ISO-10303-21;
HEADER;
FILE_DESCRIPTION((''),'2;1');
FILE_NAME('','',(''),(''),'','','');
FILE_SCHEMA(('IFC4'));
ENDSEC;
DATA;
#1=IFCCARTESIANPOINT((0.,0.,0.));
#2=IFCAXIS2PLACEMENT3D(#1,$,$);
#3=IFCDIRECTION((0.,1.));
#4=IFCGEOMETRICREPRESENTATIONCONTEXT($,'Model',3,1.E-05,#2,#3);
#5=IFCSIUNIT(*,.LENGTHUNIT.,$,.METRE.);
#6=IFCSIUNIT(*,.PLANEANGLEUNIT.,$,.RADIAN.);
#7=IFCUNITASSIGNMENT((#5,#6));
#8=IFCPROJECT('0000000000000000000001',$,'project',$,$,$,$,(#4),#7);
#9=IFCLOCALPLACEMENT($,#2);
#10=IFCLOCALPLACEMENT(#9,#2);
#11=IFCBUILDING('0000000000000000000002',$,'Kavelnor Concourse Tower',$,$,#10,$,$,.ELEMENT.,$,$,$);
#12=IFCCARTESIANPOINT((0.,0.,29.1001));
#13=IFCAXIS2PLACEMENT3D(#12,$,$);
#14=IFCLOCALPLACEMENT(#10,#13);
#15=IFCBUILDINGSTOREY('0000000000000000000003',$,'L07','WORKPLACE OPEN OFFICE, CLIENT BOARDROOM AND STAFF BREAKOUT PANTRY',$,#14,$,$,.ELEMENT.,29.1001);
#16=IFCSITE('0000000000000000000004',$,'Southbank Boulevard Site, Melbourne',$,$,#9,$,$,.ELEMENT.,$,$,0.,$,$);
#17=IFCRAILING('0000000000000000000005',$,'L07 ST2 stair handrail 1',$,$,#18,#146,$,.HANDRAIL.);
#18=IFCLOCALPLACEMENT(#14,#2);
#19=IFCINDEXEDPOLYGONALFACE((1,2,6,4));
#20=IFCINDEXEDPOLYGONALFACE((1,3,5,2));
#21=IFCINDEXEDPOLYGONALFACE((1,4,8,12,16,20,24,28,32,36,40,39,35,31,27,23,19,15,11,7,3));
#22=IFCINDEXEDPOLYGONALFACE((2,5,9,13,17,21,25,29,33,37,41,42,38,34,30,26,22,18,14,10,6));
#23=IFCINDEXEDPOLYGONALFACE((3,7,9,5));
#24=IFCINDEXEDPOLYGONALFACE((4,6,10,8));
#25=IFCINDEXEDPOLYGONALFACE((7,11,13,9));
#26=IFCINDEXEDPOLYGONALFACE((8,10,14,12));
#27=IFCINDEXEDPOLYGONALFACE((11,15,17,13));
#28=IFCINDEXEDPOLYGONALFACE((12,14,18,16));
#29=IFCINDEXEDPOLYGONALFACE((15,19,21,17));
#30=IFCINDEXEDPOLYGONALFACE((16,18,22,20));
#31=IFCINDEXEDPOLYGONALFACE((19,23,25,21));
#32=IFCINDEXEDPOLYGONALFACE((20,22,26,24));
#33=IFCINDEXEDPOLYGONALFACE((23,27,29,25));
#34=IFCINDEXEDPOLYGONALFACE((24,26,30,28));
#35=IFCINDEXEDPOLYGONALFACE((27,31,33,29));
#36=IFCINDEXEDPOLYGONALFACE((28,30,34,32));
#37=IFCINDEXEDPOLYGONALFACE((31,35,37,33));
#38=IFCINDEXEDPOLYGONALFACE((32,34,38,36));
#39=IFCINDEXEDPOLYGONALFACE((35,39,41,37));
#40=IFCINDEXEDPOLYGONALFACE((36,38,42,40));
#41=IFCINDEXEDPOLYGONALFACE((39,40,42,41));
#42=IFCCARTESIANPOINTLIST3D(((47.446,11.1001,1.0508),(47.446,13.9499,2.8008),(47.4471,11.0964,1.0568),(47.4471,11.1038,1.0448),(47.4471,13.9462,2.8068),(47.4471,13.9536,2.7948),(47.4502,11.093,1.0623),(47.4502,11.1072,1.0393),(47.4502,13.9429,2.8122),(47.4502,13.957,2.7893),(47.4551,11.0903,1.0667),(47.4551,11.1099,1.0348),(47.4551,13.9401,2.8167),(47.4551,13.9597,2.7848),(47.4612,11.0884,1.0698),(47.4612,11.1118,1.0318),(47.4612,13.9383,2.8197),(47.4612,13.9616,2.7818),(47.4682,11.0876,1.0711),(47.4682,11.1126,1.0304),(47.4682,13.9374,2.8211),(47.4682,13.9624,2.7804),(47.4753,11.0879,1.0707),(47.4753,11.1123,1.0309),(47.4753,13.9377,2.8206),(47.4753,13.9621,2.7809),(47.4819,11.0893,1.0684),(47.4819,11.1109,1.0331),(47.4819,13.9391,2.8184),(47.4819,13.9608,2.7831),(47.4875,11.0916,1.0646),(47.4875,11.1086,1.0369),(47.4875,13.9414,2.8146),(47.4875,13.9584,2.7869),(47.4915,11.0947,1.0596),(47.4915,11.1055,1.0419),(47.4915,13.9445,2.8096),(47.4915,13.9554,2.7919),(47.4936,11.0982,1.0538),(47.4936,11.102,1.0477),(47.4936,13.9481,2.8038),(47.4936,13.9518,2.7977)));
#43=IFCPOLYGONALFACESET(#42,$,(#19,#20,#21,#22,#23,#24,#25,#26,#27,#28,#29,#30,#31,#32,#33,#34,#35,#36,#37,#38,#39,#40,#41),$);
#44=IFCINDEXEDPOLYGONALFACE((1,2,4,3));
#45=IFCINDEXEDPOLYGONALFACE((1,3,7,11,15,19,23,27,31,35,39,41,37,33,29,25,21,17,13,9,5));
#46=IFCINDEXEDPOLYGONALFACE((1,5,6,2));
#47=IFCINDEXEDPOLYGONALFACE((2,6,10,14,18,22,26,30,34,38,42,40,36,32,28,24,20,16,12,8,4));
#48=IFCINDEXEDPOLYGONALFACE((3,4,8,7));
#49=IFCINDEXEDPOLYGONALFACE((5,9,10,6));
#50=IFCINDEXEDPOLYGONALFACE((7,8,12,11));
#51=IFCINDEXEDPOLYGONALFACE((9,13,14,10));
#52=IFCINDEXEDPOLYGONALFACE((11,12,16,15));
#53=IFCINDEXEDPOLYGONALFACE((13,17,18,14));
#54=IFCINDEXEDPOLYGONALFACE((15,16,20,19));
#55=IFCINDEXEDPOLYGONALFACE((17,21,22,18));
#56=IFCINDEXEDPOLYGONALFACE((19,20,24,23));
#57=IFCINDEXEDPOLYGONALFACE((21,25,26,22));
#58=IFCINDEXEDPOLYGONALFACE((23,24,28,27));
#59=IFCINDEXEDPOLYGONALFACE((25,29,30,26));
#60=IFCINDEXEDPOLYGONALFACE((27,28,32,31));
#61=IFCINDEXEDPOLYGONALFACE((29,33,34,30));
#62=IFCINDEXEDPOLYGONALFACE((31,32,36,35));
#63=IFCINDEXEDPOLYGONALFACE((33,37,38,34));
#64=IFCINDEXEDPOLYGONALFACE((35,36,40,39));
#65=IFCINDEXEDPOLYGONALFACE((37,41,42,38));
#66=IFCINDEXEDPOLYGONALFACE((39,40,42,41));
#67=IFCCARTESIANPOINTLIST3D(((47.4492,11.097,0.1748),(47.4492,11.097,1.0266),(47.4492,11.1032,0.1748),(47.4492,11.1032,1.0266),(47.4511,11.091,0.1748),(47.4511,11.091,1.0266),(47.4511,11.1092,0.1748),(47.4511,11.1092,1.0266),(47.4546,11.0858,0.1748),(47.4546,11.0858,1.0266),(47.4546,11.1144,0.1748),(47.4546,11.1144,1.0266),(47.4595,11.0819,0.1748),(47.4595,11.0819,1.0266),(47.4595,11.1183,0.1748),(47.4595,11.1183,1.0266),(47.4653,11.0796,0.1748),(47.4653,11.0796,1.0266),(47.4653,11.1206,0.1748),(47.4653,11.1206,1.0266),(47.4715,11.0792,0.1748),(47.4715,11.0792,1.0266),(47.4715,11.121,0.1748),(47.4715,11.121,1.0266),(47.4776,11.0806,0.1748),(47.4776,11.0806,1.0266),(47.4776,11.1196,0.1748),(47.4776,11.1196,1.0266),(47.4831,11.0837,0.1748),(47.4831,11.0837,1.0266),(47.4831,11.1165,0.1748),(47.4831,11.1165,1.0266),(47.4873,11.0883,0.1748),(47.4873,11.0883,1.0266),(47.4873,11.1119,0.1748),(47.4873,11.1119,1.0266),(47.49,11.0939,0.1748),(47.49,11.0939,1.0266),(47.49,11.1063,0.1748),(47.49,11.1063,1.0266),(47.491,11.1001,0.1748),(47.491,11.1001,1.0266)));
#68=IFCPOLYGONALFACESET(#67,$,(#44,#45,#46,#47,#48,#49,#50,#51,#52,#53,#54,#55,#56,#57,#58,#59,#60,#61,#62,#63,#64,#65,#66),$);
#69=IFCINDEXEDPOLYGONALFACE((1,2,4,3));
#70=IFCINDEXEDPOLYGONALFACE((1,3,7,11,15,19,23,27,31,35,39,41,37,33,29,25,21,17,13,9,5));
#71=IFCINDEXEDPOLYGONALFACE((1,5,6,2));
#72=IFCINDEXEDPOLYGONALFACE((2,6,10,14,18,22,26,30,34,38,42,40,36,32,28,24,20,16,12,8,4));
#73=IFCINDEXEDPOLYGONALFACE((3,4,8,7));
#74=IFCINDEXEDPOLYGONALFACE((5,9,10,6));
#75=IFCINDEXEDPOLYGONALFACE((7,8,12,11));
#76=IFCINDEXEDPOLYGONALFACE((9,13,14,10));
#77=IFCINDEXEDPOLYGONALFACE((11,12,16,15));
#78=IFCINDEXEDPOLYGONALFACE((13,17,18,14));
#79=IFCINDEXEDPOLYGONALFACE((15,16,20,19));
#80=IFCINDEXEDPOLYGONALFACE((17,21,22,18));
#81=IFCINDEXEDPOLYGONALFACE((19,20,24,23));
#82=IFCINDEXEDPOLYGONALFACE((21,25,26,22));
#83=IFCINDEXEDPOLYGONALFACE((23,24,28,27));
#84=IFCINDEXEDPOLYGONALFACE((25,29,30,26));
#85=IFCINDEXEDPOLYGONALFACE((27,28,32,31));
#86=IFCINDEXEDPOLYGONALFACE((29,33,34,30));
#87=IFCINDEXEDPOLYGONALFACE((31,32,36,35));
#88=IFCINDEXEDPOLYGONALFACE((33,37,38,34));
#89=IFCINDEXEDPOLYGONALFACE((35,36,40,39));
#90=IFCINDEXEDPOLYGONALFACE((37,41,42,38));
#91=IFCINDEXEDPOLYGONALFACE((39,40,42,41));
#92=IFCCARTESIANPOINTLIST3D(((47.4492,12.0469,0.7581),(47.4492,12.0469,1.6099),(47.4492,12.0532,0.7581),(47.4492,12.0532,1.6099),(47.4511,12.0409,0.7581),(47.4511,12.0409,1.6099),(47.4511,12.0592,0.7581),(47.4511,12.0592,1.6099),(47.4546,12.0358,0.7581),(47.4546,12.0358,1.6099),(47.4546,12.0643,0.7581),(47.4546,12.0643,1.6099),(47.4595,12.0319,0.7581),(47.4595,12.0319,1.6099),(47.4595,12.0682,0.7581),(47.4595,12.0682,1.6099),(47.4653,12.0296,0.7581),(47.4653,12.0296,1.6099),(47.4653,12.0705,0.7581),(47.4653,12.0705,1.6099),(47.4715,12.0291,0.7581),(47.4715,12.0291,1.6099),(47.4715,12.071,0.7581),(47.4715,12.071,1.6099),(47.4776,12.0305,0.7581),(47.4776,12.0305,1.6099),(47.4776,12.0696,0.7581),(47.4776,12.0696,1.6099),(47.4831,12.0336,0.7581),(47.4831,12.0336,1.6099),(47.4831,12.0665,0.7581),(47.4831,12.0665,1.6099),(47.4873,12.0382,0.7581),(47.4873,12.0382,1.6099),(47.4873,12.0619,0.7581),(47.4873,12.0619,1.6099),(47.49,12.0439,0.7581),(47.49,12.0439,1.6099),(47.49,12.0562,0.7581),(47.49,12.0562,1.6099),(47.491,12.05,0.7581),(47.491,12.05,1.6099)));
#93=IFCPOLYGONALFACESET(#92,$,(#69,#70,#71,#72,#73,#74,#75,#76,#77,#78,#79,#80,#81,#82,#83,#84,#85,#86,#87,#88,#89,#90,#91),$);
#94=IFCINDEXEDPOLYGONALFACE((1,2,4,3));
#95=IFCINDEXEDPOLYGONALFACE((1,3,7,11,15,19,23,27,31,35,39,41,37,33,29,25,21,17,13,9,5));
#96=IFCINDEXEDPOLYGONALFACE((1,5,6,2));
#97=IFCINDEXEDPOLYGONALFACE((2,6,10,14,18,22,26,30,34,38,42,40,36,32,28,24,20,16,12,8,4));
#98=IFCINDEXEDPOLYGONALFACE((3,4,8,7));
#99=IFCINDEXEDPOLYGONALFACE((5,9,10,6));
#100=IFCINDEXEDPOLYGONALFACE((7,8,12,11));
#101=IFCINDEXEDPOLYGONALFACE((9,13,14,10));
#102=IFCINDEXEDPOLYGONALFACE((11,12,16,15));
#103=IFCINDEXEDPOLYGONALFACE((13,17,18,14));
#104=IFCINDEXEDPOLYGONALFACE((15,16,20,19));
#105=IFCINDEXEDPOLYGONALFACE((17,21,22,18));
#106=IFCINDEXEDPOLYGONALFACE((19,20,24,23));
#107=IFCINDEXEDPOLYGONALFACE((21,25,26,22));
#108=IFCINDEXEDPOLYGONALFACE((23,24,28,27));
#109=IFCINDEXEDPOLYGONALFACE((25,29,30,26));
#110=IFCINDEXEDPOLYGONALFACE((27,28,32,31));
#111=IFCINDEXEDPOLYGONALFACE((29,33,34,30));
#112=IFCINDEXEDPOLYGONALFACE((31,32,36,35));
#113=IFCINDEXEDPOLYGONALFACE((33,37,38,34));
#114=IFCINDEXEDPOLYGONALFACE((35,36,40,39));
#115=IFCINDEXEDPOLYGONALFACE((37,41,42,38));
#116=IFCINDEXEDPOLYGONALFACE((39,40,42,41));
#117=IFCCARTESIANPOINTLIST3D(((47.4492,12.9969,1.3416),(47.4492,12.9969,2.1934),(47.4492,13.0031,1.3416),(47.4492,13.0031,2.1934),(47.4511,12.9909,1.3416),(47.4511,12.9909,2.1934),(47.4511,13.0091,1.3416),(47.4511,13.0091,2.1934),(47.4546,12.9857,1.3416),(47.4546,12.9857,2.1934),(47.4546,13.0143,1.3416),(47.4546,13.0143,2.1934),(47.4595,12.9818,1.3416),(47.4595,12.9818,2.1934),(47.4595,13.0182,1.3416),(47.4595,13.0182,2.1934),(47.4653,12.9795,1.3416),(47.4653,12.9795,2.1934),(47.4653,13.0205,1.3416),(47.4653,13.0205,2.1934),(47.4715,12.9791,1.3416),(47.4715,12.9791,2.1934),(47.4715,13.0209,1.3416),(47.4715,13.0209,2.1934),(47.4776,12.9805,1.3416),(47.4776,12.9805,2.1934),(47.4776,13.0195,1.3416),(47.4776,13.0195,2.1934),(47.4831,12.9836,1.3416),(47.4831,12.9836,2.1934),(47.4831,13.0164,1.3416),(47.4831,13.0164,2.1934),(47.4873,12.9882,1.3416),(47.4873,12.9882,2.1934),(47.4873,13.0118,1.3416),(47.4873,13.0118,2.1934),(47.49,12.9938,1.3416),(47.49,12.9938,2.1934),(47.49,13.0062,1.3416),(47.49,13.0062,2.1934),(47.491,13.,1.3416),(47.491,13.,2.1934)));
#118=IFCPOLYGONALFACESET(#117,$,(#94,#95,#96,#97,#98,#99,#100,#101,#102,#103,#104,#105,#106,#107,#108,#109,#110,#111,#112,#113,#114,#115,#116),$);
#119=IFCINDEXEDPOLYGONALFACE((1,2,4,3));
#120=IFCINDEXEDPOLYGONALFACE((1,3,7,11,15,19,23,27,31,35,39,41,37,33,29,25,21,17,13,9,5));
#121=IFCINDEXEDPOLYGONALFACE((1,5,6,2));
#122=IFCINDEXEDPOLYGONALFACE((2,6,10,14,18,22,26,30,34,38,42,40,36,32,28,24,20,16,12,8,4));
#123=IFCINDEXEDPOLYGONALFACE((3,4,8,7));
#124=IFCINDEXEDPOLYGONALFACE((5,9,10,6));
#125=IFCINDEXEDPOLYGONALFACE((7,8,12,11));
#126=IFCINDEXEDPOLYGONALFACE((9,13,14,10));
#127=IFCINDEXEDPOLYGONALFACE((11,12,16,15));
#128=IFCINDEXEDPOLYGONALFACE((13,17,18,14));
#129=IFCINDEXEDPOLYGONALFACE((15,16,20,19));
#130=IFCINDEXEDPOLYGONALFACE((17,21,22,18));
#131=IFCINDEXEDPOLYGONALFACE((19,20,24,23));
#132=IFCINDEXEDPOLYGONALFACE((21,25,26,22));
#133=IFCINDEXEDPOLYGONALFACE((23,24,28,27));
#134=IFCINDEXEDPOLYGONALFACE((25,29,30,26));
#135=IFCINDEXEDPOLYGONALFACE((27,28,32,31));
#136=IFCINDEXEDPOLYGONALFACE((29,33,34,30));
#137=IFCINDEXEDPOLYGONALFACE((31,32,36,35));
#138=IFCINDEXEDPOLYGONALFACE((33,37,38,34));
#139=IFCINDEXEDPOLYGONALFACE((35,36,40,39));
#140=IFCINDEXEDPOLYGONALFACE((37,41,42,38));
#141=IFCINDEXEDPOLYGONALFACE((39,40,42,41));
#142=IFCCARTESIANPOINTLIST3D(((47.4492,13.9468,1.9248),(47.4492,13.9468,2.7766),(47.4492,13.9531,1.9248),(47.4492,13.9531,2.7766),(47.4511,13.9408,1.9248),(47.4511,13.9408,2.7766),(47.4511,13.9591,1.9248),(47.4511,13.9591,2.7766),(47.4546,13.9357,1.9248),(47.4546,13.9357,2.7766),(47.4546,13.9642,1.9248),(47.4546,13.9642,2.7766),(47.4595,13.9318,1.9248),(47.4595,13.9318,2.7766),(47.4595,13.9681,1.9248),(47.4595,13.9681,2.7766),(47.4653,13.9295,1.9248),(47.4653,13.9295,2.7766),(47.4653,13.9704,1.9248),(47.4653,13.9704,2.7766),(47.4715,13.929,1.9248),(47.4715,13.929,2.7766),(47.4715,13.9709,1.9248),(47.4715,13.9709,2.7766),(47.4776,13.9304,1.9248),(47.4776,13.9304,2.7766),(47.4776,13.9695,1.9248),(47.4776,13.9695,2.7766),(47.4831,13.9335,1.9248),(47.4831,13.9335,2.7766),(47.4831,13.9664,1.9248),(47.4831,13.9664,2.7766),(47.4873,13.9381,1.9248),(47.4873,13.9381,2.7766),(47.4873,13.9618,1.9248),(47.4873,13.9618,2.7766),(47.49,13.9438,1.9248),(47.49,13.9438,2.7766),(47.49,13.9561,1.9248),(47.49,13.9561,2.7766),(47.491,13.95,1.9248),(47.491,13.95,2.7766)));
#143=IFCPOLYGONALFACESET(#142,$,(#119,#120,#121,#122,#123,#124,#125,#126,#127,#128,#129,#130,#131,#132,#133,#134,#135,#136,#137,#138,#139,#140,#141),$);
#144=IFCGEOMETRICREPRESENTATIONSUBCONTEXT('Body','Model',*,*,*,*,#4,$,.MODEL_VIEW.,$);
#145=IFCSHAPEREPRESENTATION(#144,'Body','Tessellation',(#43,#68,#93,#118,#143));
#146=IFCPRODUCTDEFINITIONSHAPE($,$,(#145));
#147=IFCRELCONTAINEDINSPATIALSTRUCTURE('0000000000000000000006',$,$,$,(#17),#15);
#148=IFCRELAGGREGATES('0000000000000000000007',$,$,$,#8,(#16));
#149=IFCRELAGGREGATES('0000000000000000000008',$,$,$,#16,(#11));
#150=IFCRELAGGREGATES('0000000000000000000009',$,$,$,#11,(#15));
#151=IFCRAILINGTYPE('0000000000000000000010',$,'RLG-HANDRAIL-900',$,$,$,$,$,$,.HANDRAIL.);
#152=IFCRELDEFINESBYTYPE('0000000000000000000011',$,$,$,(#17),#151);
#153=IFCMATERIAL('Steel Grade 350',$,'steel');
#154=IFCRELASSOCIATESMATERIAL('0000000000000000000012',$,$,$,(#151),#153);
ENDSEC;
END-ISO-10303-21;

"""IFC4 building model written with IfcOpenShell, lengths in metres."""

from ifc_helpers import new_model, si_unit, direction, frame, origin, origin_2d, place, context, subcontext, project, spatial, circle, extrude, material, type_object, element, save


model = new_model("IFC4")

# Units and contexts
model_context = context("Model", 3, precision=1e-05, world=origin(), true_north=direction((0.0, 1.0)))
body_context = subcontext(model_context, "Body", "Model", "MODEL_VIEW")
ifc_project = project(units=[si_unit("LENGTHUNIT", "METRE"), si_unit("PLANEANGLEUNIT", "RADIAN")], contexts=[model_context])

# Site, building, storey
site_placement = place(None, origin())
site = spatial("IfcSite", under=ifc_project, at=site_placement, Name="Southbank Boulevard Site, Melbourne", CompositionType="ELEMENT", RefElevation=0.0)
building_placement = place(site_placement, origin())
building = spatial("IfcBuilding", under=site, at=building_placement, Name="Kavelnor Concourse Tower", CompositionType="ELEMENT")
storey_placement = place(building_placement, frame((0.0, 0.0, 29.1001)))
storey = spatial("IfcBuildingStorey", under=building, at=storey_placement, Name="L07", Description="WORKPLACE OPEN OFFICE, CLIENT BOARDROOM AND STAFF BREAKOUT PANTRY", CompositionType="ELEMENT", Elevation=29.1001)

# Shared definitions
ifc_material_1 = material(Name="Steel Grade 350", Category="steel")

# Railing
railing_type_1 = type_object("IfcRailingType", Name="RLG-HANDRAIL-900", PredefinedType="HANDRAIL", material=ifc_material_1)
railing_1_placement = place(storey_placement, frame((47.47, 11.1001, 0.1748)))
element("IfcRailing", 1, at=railing_1_placement, inside=storey, type_object=railing_type_1, Name="L07 ST2 stair handrail 1", PredefinedType="HANDRAIL", context=body_context, shape_type="SweptSolid", body=[
    extrude(circle(Radius=0.0239, at=origin_2d()), frame((0.0, 0.0, 0.876), z_axis=(0.0, 0.852159, 0.523283), x_axis=(-1.0, 0.0, 0.0)), (0.0, 0.0, 1.0), 3.3442),
    extrude(circle(Radius=0.021, at=origin_2d()), origin(), (0.0, 0.0, 1.0), 0.8518),
    extrude(circle(Radius=0.021, at=origin_2d()), frame((0.0, 0.95, 0.5833)), (0.0, 0.0, 1.0), 0.8518),
    extrude(circle(Radius=0.021, at=origin_2d()), frame((0.0, 1.8999, 1.1667)), (0.0, 0.0, 1.0), 0.8518),
    extrude(circle(Radius=0.021, at=origin_2d()), frame((0.0, 2.8499, 1.75)), (0.0, 0.0, 1.0), 0.8518),
])

save(model, "model.ifc")
